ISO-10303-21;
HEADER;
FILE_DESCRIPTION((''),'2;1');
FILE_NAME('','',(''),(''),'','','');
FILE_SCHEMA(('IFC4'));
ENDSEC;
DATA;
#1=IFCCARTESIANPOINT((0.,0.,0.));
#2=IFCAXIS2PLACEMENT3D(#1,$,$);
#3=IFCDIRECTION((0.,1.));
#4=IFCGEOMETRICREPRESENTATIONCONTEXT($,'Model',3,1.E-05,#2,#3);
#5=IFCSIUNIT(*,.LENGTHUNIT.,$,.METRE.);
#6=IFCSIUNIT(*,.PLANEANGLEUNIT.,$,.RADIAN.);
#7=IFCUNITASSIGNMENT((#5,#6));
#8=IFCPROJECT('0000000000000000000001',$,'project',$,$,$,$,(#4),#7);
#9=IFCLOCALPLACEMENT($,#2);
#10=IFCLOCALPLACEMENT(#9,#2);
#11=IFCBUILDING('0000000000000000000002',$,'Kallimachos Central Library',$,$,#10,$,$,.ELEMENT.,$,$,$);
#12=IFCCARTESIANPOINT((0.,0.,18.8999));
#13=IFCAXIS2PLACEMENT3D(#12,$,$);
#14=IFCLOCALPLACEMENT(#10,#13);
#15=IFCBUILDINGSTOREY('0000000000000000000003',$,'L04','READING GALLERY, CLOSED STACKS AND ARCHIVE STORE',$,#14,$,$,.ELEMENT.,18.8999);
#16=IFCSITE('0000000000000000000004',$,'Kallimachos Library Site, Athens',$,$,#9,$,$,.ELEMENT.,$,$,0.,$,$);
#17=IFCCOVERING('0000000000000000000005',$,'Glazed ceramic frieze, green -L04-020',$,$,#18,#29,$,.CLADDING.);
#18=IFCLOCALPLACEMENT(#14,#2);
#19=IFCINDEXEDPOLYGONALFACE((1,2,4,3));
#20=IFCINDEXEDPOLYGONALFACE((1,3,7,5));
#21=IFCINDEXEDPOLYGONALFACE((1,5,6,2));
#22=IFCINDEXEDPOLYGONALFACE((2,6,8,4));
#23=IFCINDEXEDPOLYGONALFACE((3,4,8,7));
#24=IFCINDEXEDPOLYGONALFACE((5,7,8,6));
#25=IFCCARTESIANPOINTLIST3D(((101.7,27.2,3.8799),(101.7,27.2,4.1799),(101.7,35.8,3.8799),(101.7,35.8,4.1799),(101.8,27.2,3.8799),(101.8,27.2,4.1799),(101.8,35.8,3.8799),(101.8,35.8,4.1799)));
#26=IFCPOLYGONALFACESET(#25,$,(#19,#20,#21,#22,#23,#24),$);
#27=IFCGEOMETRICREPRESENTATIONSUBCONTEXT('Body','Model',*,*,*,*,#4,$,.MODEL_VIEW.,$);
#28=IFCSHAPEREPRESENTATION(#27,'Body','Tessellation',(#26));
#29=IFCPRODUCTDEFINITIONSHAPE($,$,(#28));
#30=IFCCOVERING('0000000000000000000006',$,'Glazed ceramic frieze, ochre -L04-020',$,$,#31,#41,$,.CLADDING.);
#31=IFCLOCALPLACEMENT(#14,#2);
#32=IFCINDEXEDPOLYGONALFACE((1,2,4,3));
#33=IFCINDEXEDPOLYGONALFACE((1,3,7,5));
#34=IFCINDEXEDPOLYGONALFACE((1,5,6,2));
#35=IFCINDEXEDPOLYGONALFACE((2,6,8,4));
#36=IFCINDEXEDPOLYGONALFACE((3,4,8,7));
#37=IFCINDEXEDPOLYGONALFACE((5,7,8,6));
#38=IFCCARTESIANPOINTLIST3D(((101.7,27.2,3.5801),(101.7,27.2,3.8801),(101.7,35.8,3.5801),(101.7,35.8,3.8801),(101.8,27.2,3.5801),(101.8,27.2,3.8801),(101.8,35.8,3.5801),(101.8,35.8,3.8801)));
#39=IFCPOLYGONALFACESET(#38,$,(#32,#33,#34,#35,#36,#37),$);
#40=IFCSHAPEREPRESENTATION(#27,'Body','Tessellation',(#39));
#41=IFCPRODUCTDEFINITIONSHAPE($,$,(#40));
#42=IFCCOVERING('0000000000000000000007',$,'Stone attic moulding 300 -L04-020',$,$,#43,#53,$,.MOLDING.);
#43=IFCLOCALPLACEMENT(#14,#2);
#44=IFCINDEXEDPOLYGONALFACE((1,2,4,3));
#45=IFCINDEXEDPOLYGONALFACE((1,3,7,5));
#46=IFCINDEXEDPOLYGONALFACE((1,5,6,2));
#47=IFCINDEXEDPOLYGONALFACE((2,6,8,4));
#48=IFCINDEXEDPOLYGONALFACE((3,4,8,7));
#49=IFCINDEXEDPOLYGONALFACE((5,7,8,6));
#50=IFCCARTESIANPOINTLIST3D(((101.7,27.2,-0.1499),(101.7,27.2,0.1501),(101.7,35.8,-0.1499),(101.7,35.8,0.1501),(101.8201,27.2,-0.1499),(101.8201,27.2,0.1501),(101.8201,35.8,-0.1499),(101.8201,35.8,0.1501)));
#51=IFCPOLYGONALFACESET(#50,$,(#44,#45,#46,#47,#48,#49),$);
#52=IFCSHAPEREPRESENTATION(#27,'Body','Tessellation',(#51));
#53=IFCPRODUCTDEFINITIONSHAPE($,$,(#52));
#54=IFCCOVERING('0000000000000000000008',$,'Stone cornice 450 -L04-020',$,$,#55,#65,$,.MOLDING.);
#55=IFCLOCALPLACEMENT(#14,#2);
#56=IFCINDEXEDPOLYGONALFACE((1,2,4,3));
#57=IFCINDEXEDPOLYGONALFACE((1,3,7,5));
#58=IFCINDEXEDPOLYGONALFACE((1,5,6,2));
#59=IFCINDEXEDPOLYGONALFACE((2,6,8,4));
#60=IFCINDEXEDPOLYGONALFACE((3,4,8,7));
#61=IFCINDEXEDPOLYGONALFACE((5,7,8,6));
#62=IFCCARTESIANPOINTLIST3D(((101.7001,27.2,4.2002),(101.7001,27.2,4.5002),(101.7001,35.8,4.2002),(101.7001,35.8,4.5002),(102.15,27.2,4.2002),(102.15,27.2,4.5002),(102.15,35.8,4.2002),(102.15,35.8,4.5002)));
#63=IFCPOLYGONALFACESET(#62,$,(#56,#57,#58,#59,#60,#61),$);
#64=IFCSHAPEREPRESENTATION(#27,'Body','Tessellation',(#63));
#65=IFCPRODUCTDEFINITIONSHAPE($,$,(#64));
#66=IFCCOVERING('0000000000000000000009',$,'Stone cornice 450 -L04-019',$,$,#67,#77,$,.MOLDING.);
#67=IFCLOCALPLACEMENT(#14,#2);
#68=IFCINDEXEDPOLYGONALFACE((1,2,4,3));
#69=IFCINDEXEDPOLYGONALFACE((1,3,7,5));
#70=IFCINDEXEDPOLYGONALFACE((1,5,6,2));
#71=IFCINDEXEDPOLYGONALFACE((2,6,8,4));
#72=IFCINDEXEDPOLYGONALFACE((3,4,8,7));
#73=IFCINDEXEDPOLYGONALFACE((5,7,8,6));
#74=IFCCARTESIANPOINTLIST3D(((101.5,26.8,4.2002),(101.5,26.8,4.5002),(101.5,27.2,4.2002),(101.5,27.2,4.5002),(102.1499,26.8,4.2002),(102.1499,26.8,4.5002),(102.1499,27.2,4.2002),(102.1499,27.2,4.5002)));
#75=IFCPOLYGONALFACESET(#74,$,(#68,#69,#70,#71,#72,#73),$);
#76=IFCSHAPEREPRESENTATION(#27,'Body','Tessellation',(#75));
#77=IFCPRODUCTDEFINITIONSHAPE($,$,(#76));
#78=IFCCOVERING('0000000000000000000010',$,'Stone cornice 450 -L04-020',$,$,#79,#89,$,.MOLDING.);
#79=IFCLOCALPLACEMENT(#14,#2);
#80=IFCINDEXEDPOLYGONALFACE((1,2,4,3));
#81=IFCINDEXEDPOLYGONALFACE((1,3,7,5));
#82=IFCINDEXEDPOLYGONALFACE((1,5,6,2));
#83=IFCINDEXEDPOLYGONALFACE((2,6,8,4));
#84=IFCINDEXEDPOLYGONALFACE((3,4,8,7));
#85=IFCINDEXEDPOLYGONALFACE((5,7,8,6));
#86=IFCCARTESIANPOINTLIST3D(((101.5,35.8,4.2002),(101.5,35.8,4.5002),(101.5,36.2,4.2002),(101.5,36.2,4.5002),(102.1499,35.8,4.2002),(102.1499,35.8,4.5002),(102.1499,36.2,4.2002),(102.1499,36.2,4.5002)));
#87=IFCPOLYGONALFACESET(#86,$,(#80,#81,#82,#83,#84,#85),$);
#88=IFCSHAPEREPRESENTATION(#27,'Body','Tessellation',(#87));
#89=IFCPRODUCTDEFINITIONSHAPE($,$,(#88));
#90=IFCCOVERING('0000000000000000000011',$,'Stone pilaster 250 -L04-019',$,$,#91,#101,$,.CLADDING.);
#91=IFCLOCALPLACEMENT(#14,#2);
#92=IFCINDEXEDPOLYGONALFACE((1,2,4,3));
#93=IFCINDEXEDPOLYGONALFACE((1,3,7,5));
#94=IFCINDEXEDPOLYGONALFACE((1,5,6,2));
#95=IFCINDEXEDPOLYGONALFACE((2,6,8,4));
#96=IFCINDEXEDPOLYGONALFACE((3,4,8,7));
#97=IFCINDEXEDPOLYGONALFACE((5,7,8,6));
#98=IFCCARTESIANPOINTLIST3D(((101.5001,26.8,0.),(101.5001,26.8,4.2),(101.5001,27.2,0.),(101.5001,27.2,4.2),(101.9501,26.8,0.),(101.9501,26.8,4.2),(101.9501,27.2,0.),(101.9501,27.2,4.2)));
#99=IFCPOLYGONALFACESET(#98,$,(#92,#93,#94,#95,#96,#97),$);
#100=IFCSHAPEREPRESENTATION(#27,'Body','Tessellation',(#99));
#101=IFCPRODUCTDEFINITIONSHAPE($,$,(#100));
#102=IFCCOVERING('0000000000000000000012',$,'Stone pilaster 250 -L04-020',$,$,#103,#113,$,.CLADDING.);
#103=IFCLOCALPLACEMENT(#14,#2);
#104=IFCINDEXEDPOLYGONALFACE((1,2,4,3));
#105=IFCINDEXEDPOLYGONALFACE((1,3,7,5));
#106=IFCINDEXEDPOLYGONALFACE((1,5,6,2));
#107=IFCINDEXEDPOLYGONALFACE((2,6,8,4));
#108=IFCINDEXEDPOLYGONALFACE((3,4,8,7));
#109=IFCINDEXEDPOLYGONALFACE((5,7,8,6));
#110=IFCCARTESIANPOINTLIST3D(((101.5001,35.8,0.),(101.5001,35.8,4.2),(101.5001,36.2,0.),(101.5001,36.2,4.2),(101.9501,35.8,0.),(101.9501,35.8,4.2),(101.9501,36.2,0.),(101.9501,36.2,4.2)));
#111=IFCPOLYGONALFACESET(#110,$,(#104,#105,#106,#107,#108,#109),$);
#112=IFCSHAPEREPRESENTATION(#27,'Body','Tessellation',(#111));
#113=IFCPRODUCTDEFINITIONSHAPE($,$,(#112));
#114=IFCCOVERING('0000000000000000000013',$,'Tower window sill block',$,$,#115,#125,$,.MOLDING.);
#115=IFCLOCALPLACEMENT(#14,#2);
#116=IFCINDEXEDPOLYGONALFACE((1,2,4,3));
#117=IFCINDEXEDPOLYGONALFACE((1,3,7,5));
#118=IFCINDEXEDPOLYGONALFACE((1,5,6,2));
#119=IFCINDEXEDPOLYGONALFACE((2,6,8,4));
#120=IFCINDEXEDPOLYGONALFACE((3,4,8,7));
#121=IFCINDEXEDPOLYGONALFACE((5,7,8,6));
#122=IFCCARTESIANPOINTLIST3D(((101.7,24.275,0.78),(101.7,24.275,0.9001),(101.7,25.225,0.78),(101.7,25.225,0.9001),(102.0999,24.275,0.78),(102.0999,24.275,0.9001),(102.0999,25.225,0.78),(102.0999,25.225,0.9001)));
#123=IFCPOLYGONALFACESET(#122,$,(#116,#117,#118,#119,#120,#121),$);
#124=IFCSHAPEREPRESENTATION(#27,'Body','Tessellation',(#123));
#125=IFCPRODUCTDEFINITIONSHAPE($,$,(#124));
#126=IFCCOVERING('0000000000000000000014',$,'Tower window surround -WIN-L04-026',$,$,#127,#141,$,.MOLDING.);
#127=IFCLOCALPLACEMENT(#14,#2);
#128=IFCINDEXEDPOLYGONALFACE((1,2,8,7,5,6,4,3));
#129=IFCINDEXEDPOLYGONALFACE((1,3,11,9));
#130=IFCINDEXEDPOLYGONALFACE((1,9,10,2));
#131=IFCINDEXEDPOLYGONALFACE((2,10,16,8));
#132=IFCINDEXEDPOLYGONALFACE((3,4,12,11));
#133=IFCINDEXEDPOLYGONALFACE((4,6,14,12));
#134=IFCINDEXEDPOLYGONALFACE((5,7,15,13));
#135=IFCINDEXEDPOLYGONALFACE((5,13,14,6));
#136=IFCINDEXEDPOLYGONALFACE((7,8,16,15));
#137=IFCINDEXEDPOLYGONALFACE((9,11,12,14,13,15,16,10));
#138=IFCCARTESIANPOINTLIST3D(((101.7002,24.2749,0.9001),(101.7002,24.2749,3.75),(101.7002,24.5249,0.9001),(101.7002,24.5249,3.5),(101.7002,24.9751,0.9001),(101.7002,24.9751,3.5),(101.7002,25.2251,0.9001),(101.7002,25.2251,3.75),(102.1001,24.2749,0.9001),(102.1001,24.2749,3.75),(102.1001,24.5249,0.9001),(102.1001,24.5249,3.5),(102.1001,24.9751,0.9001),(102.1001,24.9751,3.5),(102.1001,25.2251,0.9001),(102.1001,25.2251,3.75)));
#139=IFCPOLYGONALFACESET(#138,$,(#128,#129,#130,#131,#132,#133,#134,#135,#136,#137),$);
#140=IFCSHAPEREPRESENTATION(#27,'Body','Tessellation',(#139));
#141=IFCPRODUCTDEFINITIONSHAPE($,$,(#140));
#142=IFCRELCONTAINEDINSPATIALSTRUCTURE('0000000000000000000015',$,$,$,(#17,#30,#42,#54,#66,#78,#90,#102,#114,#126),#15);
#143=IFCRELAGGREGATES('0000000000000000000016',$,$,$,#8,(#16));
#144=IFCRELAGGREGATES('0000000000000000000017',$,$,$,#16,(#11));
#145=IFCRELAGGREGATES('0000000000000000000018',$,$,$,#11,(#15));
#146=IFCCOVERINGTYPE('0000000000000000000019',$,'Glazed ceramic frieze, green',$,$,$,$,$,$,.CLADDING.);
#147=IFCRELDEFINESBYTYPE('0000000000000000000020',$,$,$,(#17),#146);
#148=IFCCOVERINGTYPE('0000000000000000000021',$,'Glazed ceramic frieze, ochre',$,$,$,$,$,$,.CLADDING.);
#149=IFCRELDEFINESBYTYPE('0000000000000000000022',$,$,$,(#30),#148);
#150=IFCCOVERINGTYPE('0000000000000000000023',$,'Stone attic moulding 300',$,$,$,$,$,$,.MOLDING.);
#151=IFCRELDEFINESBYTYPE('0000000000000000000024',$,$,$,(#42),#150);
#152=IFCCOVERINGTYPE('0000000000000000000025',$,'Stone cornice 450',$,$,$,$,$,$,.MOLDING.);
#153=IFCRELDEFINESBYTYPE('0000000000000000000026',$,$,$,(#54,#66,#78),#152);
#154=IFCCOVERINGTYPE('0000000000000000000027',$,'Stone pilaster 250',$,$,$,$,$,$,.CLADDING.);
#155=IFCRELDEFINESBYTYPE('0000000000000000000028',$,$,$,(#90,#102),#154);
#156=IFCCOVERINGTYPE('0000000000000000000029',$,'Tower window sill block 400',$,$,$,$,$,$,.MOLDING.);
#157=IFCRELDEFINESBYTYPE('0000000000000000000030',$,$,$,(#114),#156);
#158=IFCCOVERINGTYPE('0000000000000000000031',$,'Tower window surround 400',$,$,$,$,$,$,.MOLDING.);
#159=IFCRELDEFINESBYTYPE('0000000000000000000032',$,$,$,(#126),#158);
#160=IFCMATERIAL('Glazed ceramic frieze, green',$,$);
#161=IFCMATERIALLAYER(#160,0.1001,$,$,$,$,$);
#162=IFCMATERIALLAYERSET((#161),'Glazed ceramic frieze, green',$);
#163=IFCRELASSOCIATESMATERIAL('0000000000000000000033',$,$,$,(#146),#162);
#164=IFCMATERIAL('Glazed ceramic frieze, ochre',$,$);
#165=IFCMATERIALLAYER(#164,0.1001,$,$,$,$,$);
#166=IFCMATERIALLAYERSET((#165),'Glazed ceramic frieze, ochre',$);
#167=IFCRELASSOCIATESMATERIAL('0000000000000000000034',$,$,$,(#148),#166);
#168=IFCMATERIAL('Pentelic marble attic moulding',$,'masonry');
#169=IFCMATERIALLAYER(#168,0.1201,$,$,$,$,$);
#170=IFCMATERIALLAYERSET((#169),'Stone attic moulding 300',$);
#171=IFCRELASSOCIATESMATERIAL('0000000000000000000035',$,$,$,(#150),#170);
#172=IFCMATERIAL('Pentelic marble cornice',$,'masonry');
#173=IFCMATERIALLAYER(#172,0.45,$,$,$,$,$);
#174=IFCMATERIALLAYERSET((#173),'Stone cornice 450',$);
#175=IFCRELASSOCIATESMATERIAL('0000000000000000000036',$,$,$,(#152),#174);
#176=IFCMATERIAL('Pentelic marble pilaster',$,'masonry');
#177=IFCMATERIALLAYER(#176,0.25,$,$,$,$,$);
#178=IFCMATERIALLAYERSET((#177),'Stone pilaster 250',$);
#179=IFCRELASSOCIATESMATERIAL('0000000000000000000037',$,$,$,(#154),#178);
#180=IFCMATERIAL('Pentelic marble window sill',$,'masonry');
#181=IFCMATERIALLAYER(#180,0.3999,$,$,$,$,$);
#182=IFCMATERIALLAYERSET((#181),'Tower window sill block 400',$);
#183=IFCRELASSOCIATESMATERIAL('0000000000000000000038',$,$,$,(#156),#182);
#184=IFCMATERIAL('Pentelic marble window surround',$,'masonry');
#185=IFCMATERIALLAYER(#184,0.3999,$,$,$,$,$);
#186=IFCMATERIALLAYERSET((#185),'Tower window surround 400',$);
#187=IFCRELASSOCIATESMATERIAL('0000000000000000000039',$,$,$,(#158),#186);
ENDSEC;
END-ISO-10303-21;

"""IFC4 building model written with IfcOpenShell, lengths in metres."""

from ifc_helpers import new_model, si_unit, direction, frame, origin, origin_2d, place, context, subcontext, project, spatial, polyline, rectangle, outline, extrude, material, layer, layer_set, type_object, element, save


model = new_model("IFC4")

# Units and contexts
model_context = context("Model", 3, precision=1e-05, world=origin(), true_north=direction((0.0, 1.0)))
body_context = subcontext(model_context, "Body", "Model", "MODEL_VIEW")
ifc_project = project(units=[si_unit("LENGTHUNIT", "METRE"), si_unit("PLANEANGLEUNIT", "RADIAN")], contexts=[model_context])

# Site, building, storey
site_placement = place(None, origin())
site = spatial("IfcSite", under=ifc_project, at=site_placement, Name="Kallimachos Library Site, Athens", CompositionType="ELEMENT", RefElevation=0.0)
building_placement = place(site_placement, origin())
building = spatial("IfcBuilding", under=site, at=building_placement, Name="Kallimachos Central Library", CompositionType="ELEMENT")
storey_placement = place(building_placement, frame((0.0, 0.0, 18.8999)))
storey = spatial("IfcBuildingStorey", under=building, at=storey_placement, Name="L04", Description="READING GALLERY, CLOSED STACKS AND ARCHIVE STORE", CompositionType="ELEMENT", Elevation=18.8999)

# Coverings
ifc_material_1 = material(Name="Glazed ceramic frieze, green")
ifc_layer_1 = layer(ifc_material_1, 0.1001)
ifc_layer_set_1 = layer_set([ifc_layer_1], Name="Glazed ceramic frieze, green")
covering_type_1 = type_object("IfcCoveringType", Name="Glazed ceramic frieze, green", PredefinedType="CLADDING", material=ifc_layer_set_1)
covering_1_placement = place(storey_placement, frame((101.75, 31.5, 3.8799), z_axis=(0.0, 0.0, 1.0), x_axis=(1.0, 0.0, 0.0)))
element("IfcCovering", 1, at=covering_1_placement, inside=storey, type_object=covering_type_1, Name="Glazed ceramic frieze, green -L04-020", PredefinedType="CLADDING", context=body_context, shape_type="SweptSolid", body=[
    extrude(rectangle(XDim=0.1001, YDim=8.6001, at=origin_2d()), origin(), (0.0, 0.0, 1.0), 0.3),
])
ifc_material_2 = material(Name="Glazed ceramic frieze, ochre")
ifc_layer_2 = layer(ifc_material_2, 0.1001)
ifc_layer_set_2 = layer_set([ifc_layer_2], Name="Glazed ceramic frieze, ochre")
covering_type_2 = type_object("IfcCoveringType", Name="Glazed ceramic frieze, ochre", PredefinedType="CLADDING", material=ifc_layer_set_2)
covering_2_placement = place(storey_placement, frame((101.75, 31.5, 3.5801), z_axis=(0.0, 0.0, 1.0), x_axis=(1.0, 0.0, 0.0)))
element("IfcCovering", 2, at=covering_2_placement, inside=storey, type_object=covering_type_2, Name="Glazed ceramic frieze, ochre -L04-020", PredefinedType="CLADDING", context=body_context, shape_type="SweptSolid", body=[
    extrude(rectangle(XDim=0.1001, YDim=8.6001, at=origin_2d()), origin(), (0.0, 0.0, 1.0), 0.3),
])
ifc_material_3 = material(Name="Pentelic marble attic moulding", Category="masonry")
ifc_layer_3 = layer(ifc_material_3, 0.1201)
ifc_layer_set_3 = layer_set([ifc_layer_3], Name="Stone attic moulding 300")
covering_type_3 = type_object("IfcCoveringType", Name="Stone attic moulding 300", PredefinedType="MOLDING", material=ifc_layer_set_3)
covering_3_placement = place(storey_placement, frame((101.76, 31.5, -0.1499), z_axis=(0.0, 0.0, 1.0), x_axis=(1.0, 0.0, 0.0)))
element("IfcCovering", 3, at=covering_3_placement, inside=storey, type_object=covering_type_3, Name="Stone attic moulding 300 -L04-020", PredefinedType="MOLDING", context=body_context, shape_type="SweptSolid", body=[
    extrude(rectangle(XDim=0.1201, YDim=8.6001, at=origin_2d()), origin(), (0.0, 0.0, 1.0), 0.3),
])
ifc_material_4 = material(Name="Pentelic marble cornice", Category="masonry")
ifc_layer_4 = layer(ifc_material_4, 0.45)
ifc_layer_set_4 = layer_set([ifc_layer_4], Name="Stone cornice 450")
covering_type_4 = type_object("IfcCoveringType", Name="Stone cornice 450", PredefinedType="MOLDING", material=ifc_layer_set_4)
covering_4_placement = place(storey_placement, frame((101.925, 31.5, 4.2002), z_axis=(0.0, 0.0, 1.0), x_axis=(1.0, 0.0, 0.0)))
element("IfcCovering", 4, at=covering_4_placement, inside=storey, type_object=covering_type_4, Name="Stone cornice 450 -L04-020", PredefinedType="MOLDING", context=body_context, shape_type="SweptSolid", body=[
    extrude(rectangle(XDim=0.45, YDim=8.6001, at=origin_2d()), origin(), (0.0, 0.0, 1.0), 0.3),
])
for number, where, z_axis, x_axis, name in (
    (5, (101.825, 27.0, 4.2002), (0.0, 0.0, 1.0), (1.0, 0.0, 0.0), "Stone cornice 450 -L04-019"),
    (6, (101.825, 36.0, 4.2002), (0.0, 0.0, 1.0), (1.0, 0.0, 0.0), "Stone cornice 450 -L04-020"),
):
    element("IfcCovering", number, at=place(storey_placement, frame(where, z_axis=z_axis, x_axis=x_axis)), inside=storey, type_object=covering_type_4, Name=name, PredefinedType="MOLDING", context=body_context, shape_type="SweptSolid", body=[
        extrude(rectangle(XDim=0.6499, YDim=0.3999, at=origin_2d()), origin(), (0.0, 0.0, 1.0), 0.3),
    ])
ifc_material_5 = material(Name="Pentelic marble pilaster", Category="masonry")
ifc_layer_5 = layer(ifc_material_5, 0.25)
ifc_layer_set_5 = layer_set([ifc_layer_5], Name="Stone pilaster 250")
covering_type_5 = type_object("IfcCoveringType", Name="Stone pilaster 250", PredefinedType="CLADDING", material=ifc_layer_set_5)
for number, where, z_axis, x_axis, name in (
    (7, (101.7251, 27.0, 0.0), (0.0, 0.0, 1.0), (1.0, 0.0, 0.0), "Stone pilaster 250 -L04-019"),
    (8, (101.7251, 36.0, 0.0), (0.0, 0.0, 1.0), (1.0, 0.0, 0.0), "Stone pilaster 250 -L04-020"),
):
    element("IfcCovering", number, at=place(storey_placement, frame(where, z_axis=z_axis, x_axis=x_axis)), inside=storey, type_object=covering_type_5, Name=name, PredefinedType="CLADDING", context=body_context, shape_type="SweptSolid", body=[
        extrude(rectangle(XDim=0.45, YDim=0.3999, at=origin_2d()), origin(), (0.0, 0.0, 1.0), 4.2),
    ])
ifc_material_6 = material(Name="Pentelic marble window sill", Category="masonry")
ifc_layer_6 = layer(ifc_material_6, 0.3999)
ifc_layer_set_6 = layer_set([ifc_layer_6], Name="Tower window sill block 400")
covering_type_6 = type_object("IfcCoveringType", Name="Tower window sill block 400", PredefinedType="MOLDING", material=ifc_layer_set_6)
covering_5_placement = place(storey_placement, frame((101.8999, 24.75, 0.78), z_axis=(0.0, 0.0, 1.0), x_axis=(1.0, 0.0, 0.0)))
element("IfcCovering", 9, at=covering_5_placement, inside=storey, type_object=covering_type_6, Name="Tower window sill block", PredefinedType="MOLDING", context=body_context, shape_type="SweptSolid", body=[
    extrude(rectangle(XDim=0.3999, YDim=0.95, at=origin_2d()), origin(), (0.0, 0.0, 1.0), 0.1201),
])
ifc_material_7 = material(Name="Pentelic marble window surround", Category="masonry")
ifc_layer_7 = layer(ifc_material_7, 0.3999)
ifc_layer_set_7 = layer_set([ifc_layer_7], Name="Tower window surround 400")
covering_type_7 = type_object("IfcCoveringType", Name="Tower window surround 400", PredefinedType="MOLDING", material=ifc_layer_set_7)
covering_6_placement = place(storey_placement, frame((102.1001, 24.5249, 0.9001), z_axis=(1.0, 0.0, 0.0), x_axis=(0.0, 0.0, 1.0)))
element("IfcCovering", 10, at=covering_6_placement, inside=storey, type_object=covering_type_7, Name="Tower window surround -WIN-L04-026", PredefinedType="MOLDING", context=body_context, shape_type="SweptSolid", body=[
    extrude(outline(polyline([(0.0, 0.0), (2.5999, 0.0), (2.5999, -0.4502), (0.0, -0.4502), (0.0, -0.7002), (2.8499, -0.7002), (2.8499, 0.25), (0.0, 0.25), (0.0, 0.0)])), origin(), (0.0, 0.0, -1.0), 0.3999),
])

save(model, "model.ifc")
